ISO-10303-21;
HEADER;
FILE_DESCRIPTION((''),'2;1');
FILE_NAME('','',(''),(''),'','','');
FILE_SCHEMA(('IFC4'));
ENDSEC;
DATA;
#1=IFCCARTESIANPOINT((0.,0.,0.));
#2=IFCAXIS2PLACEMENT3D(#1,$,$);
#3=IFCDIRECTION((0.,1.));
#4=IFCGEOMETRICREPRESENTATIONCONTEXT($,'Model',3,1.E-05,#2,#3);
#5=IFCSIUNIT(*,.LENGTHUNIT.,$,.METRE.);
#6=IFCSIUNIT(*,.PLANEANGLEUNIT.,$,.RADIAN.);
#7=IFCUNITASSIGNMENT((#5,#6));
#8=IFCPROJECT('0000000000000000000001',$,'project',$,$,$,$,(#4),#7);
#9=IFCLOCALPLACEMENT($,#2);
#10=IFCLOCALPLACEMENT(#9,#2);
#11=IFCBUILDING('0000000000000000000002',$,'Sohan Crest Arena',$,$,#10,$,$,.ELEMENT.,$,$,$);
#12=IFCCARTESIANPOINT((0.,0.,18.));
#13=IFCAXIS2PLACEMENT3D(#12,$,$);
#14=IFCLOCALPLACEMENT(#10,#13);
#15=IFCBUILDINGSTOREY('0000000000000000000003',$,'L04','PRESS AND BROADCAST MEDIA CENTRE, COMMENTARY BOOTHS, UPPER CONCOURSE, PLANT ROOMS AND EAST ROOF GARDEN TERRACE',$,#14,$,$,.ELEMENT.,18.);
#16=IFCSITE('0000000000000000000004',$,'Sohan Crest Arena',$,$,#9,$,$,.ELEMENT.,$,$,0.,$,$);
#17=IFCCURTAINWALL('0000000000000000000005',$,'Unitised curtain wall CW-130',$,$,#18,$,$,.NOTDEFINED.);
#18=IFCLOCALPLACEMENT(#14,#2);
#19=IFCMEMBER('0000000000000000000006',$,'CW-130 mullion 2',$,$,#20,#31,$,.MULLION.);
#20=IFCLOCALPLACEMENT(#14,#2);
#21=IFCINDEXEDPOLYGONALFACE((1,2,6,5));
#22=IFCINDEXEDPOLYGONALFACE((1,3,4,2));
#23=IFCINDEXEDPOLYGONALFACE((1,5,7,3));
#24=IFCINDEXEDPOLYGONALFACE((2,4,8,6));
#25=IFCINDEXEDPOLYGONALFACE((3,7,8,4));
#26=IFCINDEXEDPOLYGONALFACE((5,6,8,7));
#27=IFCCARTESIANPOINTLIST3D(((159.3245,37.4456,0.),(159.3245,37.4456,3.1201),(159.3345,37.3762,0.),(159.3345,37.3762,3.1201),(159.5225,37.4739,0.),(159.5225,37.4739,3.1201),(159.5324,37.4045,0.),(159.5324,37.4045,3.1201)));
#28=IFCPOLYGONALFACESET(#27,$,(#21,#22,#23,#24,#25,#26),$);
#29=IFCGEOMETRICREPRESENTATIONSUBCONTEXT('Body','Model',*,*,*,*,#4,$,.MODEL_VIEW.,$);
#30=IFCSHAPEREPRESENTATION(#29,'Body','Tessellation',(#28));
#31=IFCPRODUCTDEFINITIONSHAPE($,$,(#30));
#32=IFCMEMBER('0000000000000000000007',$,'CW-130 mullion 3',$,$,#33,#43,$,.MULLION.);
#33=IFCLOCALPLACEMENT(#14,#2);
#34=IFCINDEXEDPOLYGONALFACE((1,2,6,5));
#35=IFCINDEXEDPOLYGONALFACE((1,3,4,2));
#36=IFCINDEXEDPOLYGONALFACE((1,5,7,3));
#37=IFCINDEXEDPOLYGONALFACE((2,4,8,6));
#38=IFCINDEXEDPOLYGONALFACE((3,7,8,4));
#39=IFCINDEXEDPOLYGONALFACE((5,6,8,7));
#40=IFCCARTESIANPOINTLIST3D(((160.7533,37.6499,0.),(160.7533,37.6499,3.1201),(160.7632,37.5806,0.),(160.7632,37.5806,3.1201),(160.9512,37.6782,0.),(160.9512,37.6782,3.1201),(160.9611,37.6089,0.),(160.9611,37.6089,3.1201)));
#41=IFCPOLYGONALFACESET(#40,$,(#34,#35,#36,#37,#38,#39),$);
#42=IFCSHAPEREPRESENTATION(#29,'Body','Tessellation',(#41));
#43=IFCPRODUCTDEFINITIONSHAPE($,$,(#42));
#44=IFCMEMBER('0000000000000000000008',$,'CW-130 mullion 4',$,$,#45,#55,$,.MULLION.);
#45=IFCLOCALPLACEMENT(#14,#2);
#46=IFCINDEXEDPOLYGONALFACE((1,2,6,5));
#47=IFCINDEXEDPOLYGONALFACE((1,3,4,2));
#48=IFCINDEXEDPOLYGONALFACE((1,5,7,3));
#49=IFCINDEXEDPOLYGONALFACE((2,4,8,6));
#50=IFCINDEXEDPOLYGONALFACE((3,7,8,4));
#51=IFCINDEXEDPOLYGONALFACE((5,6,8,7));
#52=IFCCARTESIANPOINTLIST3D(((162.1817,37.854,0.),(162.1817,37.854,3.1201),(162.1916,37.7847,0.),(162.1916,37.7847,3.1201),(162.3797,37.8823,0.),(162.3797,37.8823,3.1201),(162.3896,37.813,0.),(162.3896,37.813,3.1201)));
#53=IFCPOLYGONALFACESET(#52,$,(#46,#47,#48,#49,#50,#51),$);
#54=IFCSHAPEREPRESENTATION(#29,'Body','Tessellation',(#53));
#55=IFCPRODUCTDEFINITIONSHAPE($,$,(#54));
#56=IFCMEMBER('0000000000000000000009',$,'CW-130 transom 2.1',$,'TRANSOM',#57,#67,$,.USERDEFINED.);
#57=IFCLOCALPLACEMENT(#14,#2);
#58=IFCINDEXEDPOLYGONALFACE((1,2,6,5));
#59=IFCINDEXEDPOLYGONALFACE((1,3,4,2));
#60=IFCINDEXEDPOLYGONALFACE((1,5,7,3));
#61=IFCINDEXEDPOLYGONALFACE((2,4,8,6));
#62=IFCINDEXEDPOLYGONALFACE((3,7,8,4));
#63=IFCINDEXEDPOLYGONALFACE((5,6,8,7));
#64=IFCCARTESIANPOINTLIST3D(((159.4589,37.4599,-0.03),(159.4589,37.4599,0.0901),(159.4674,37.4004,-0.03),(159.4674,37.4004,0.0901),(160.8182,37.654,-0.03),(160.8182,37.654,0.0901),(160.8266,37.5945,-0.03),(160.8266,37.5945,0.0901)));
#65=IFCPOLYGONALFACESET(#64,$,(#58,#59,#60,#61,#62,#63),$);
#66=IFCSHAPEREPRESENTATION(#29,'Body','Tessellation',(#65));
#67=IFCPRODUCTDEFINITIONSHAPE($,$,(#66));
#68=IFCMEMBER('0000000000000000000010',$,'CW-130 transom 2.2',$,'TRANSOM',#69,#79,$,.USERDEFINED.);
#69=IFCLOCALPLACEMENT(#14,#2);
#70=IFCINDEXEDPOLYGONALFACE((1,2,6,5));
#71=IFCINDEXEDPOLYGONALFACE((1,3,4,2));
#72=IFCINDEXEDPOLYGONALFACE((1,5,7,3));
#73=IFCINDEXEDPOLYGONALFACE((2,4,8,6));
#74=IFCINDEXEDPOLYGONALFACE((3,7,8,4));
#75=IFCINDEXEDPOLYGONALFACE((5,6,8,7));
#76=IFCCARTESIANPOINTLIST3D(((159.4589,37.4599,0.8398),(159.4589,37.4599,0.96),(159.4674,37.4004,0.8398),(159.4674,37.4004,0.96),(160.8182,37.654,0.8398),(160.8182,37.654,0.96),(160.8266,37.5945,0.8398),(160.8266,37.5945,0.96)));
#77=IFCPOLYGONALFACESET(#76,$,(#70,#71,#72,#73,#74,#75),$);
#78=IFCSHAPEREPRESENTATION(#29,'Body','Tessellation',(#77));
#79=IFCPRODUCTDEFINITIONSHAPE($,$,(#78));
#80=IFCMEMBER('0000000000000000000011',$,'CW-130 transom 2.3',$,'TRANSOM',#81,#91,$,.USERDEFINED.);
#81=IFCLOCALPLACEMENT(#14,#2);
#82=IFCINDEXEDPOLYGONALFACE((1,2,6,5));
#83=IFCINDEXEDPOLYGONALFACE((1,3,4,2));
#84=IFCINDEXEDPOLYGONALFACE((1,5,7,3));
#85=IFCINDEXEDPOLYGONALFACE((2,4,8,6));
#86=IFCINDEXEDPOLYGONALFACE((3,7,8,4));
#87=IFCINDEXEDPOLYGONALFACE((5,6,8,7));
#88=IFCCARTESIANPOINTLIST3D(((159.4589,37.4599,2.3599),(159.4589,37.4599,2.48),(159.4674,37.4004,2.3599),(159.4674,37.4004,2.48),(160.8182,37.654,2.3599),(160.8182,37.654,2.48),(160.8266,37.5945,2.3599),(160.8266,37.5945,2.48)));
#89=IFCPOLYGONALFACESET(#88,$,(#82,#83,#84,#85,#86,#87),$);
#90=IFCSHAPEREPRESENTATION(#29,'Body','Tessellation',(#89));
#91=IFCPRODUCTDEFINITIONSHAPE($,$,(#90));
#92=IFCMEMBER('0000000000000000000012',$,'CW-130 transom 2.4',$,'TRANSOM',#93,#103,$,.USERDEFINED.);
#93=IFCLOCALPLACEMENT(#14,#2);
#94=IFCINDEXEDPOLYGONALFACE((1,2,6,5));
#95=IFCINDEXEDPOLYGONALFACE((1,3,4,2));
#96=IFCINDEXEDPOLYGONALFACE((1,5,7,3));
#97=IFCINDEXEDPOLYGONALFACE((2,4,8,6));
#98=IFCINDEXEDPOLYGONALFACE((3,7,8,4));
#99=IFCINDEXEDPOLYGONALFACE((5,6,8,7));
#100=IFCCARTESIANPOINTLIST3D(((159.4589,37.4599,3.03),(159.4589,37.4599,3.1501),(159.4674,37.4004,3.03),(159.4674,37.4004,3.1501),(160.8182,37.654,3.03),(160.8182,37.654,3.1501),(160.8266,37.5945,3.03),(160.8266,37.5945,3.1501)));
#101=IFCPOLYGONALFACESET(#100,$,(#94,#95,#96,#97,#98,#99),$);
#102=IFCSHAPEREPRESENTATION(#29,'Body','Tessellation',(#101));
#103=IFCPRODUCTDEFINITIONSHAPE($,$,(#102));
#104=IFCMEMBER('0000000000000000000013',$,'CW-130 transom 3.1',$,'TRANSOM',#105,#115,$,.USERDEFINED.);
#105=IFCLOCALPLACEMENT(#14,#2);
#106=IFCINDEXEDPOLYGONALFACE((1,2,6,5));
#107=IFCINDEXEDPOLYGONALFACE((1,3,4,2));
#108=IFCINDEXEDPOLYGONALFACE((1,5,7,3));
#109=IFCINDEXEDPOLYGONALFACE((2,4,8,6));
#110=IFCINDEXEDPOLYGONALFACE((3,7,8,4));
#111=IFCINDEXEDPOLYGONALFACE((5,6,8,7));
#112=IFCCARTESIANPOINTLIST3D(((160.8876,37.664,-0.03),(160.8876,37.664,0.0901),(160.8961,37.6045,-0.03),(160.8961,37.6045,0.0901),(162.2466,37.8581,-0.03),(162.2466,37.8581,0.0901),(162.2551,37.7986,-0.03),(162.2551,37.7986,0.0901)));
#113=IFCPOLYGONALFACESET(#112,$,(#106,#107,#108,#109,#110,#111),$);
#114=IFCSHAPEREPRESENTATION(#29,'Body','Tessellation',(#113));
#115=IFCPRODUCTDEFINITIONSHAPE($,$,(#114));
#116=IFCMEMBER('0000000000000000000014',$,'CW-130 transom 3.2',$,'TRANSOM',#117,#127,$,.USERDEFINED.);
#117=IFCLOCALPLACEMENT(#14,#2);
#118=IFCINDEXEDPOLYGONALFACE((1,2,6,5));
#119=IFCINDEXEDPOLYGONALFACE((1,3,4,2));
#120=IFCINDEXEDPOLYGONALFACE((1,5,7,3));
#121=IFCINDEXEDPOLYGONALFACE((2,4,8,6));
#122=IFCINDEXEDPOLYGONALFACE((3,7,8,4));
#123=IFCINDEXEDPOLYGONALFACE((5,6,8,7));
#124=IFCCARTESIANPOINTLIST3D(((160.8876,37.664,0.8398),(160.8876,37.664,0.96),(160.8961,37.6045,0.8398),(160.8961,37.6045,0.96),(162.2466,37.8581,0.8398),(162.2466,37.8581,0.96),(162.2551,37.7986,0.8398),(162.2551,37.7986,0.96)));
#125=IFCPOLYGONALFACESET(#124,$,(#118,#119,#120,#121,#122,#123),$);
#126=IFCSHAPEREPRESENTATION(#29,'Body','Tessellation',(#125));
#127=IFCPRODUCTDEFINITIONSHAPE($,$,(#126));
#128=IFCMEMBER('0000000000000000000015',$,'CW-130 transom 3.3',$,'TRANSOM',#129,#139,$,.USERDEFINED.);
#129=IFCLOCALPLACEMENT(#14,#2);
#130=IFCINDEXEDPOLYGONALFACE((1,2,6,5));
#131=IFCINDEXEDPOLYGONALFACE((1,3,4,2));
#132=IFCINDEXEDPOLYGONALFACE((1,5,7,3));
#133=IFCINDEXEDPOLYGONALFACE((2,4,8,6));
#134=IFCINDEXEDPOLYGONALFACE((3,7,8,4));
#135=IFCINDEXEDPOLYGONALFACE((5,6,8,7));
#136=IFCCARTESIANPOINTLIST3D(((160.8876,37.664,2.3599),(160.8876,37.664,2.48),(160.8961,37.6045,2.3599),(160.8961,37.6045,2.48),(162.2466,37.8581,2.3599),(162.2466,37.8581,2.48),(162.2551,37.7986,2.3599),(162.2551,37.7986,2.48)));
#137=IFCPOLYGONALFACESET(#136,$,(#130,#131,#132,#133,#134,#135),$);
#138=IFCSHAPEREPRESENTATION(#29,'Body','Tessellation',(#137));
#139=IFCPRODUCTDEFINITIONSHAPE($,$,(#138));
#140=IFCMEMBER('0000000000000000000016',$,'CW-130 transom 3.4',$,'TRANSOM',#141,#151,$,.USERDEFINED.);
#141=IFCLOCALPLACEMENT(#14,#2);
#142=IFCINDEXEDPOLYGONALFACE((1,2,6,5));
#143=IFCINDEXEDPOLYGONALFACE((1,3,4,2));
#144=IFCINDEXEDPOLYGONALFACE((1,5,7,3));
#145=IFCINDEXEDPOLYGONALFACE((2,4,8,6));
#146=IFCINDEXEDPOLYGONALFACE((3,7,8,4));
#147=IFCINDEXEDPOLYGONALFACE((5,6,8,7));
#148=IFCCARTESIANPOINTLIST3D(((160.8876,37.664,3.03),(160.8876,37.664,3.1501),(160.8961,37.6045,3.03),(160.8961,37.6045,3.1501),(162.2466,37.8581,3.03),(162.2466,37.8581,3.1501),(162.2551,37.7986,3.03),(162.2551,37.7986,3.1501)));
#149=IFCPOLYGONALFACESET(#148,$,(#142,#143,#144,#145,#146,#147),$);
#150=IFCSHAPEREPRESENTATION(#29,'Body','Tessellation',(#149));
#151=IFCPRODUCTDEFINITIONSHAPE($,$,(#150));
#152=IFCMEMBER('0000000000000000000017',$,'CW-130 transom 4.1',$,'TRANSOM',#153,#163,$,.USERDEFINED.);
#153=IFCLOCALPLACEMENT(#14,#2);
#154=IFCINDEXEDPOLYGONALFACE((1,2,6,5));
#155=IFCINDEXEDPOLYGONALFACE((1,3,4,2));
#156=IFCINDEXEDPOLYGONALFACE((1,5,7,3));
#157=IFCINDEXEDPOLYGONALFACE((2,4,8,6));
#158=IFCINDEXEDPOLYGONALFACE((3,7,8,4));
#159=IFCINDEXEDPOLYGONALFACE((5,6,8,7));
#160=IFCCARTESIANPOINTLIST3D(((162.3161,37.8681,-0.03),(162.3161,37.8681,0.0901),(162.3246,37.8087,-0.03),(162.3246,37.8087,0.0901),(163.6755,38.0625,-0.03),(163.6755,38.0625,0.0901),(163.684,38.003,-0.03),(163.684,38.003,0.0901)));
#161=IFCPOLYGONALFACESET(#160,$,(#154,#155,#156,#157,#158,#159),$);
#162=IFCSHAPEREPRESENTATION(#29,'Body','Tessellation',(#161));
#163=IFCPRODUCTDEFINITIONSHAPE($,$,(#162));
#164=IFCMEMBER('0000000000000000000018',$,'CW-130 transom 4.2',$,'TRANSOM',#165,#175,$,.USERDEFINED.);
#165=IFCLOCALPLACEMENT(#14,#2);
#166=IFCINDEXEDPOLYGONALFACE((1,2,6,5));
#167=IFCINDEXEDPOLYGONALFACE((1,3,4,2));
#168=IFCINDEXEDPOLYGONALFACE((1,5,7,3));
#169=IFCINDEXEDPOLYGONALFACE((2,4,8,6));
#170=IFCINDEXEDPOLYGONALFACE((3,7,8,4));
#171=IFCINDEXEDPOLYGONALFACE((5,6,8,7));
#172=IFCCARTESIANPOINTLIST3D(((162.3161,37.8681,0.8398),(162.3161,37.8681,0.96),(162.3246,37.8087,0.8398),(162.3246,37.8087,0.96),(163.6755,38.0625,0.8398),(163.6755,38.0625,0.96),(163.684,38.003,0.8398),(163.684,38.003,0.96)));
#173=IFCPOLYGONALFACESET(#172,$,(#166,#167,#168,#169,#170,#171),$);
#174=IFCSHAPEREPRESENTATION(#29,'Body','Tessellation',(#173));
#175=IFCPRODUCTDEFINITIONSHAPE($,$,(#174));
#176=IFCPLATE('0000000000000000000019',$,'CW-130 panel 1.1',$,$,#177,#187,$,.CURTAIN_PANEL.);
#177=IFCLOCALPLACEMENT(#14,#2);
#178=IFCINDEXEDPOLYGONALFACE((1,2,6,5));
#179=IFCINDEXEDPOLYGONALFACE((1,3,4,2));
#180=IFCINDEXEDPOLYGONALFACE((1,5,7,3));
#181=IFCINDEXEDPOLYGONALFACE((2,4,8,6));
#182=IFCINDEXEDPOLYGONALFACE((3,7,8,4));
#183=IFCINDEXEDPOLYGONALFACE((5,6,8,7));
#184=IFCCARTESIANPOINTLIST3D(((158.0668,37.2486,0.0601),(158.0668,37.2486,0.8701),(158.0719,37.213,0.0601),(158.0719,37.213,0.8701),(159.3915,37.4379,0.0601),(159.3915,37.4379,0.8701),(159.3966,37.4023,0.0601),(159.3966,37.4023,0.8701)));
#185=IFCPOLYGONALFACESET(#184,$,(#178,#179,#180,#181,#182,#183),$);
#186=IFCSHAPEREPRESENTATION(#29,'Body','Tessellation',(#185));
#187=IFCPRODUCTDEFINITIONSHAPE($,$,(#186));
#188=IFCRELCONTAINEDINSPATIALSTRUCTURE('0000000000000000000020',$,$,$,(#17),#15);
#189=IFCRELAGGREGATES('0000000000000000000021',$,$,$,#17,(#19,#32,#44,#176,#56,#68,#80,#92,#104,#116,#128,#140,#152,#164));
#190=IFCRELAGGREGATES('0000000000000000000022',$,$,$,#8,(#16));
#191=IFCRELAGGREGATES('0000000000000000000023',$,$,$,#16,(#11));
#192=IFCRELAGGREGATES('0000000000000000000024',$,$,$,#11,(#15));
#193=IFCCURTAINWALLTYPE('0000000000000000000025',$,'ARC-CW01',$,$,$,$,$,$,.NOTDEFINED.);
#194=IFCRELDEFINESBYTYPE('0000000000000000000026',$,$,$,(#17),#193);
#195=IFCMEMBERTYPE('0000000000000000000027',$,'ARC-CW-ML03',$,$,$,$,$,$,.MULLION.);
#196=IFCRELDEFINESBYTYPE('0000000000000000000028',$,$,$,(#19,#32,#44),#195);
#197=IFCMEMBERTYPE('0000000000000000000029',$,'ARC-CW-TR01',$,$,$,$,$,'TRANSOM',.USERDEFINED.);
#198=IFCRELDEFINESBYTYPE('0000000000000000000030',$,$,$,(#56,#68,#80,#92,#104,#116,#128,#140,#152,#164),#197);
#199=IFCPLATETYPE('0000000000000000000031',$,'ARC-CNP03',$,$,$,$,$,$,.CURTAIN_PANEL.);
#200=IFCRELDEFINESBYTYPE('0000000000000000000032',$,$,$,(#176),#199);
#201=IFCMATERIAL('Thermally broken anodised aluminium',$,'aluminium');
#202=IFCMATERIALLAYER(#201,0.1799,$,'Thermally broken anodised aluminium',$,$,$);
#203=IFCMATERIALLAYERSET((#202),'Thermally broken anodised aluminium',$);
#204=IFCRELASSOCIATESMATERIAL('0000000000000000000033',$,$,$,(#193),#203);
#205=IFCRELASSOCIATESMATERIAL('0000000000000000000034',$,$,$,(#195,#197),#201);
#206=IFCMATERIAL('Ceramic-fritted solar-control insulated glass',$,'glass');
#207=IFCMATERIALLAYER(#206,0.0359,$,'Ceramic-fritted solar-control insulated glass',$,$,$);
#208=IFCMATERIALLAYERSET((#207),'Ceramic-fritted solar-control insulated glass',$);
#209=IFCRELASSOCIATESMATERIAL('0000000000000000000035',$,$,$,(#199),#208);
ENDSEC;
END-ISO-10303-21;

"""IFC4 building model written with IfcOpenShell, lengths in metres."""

from ifc_helpers import new_model, si_unit, direction, frame, origin, origin_2d, place, context, subcontext, project, spatial, rectangle, extrude, material, layer, layer_set, material_profile, profile_set, type_object, element, aggregate, save


model = new_model("IFC4")

# Units and contexts
model_context = context("Model", 3, precision=1e-05, world=origin(), true_north=direction((0.0, 1.0)))
body_context = subcontext(model_context, "Body", "Model", "MODEL_VIEW")
ifc_project = project(units=[si_unit("LENGTHUNIT", "METRE"), si_unit("PLANEANGLEUNIT", "RADIAN")], contexts=[model_context])

# Site, building, storey
site_placement = place(None, origin())
site = spatial("IfcSite", under=ifc_project, at=site_placement, Name="Sohan Crest Arena", CompositionType="ELEMENT", RefElevation=0.0)
building_placement = place(site_placement, origin())
building = spatial("IfcBuilding", under=site, at=building_placement, Name="Sohan Crest Arena", CompositionType="ELEMENT")
storey_placement = place(building_placement, frame((0.0, 0.0, 18.0)))
storey = spatial("IfcBuildingStorey", under=building, at=storey_placement, Name="L04", Description="PRESS AND BROADCAST MEDIA CENTRE, COMMENTARY BOOTHS, UPPER CONCOURSE, PLANT ROOMS AND EAST ROOF GARDEN TERRACE", CompositionType="ELEMENT", Elevation=18.0)

# Curtain wall, members, plate
ifc_material_1 = material(Name="Thermally broken anodised aluminium", Category="aluminium")
ifc_layer_1 = layer(ifc_material_1, 0.1799, Name="Thermally broken anodised aluminium")
ifc_layer_set_1 = layer_set([ifc_layer_1], Name="Thermally broken anodised aluminium")
curtain_wall_type = type_object("IfcCurtainWallType", Name="ARC-CW01", PredefinedType="NOTDEFINED", material=ifc_layer_set_1)
curtain_wall_placement = place(storey_placement, origin())
curtain_wall = element("IfcCurtainWall", 1, at=curtain_wall_placement, inside=storey, type_object=curtain_wall_type, Name="Unitised curtain wall CW-130", PredefinedType="NOTDEFINED")
ifc_material_profile_1 = material_profile(ifc_material_1, rectangle(XDim=0.0701, YDim=0.2, at=origin_2d()), Name="ALU-MULL 70x200")
ifc_profile_set_1 = profile_set([ifc_material_profile_1], Name="Thermally broken anodised aluminium")
member_type_1 = type_object("IfcMemberType", Name="ARC-CW-ML03", PredefinedType="MULLION", material=ifc_profile_set_1)
member_1_placement = place(storey_placement, frame((159.4285, 37.425, 0.0), z_axis=(0.0, 0.0, 1.0), x_axis=(-0.141463, 0.989944, 0.0)))
member_1 = element("IfcMember", 2, at=member_1_placement, type_object=member_type_1, Name="CW-130 mullion 2", PredefinedType="MULLION", context=body_context, shape_type="SweptSolid", body=[
    extrude(rectangle(XDim=0.0701, YDim=0.2, at=origin_2d()), origin(), (0.0, 0.0, 1.0), 3.1201),
])
member_2_placement = place(storey_placement, frame((160.8572, 37.6294, 0.0), z_axis=(0.0, 0.0, 1.0), x_axis=(-0.141463, 0.989944, 0.0)))
member_2 = element("IfcMember", 3, at=member_2_placement, type_object=member_type_1, Name="CW-130 mullion 3", PredefinedType="MULLION", context=body_context, shape_type="SweptSolid", body=[
    extrude(rectangle(XDim=0.0701, YDim=0.2, at=origin_2d()), origin(), (0.0, 0.0, 1.0), 3.1201),
])
member_3_placement = place(storey_placement, frame((162.2856, 37.8335, 0.0), z_axis=(0.0, 0.0, 1.0), x_axis=(-0.141463, 0.989944, 0.0)))
member_3 = element("IfcMember", 4, at=member_3_placement, type_object=member_type_1, Name="CW-130 mullion 4", PredefinedType="MULLION", context=body_context, shape_type="SweptSolid", body=[
    extrude(rectangle(XDim=0.0701, YDim=0.2, at=origin_2d()), origin(), (0.0, 0.0, 1.0), 3.1201),
])
ifc_material_profile_2 = material_profile(ifc_material_1, rectangle(XDim=0.0601, YDim=0.1201, at=origin_2d()), Name="ALU-TRAN 60x120")
ifc_profile_set_2 = profile_set([ifc_material_profile_2], Name="Thermally broken anodised aluminium")
member_type_2 = type_object("IfcMemberType", Name="ARC-CW-TR01", ElementType="TRANSOM", PredefinedType="USERDEFINED", material=ifc_profile_set_2)
member_4_placement = place(storey_placement, frame((159.4631, 37.4302, 0.03), z_axis=(0.98996, 0.141347, 0.0), x_axis=(-0.141347, 0.98996, 0.0)))
member_4 = element("IfcMember", 5, at=member_4_placement, type_object=member_type_2, Name="CW-130 transom 2.1", ObjectType="TRANSOM", PredefinedType="USERDEFINED", context=body_context, shape_type="SweptSolid", body=[
    extrude(rectangle(XDim=0.0601, YDim=0.1201, at=origin_2d()), origin(), (0.0, 0.0, 1.0), 1.373),
])
member_5_placement = place(storey_placement, frame((159.4631, 37.4302, 0.8999), z_axis=(0.98996, 0.141347, 0.0), x_axis=(-0.141347, 0.98996, 0.0)))
member_5 = element("IfcMember", 6, at=member_5_placement, type_object=member_type_2, Name="CW-130 transom 2.2", ObjectType="TRANSOM", PredefinedType="USERDEFINED", context=body_context, shape_type="SweptSolid", body=[
    extrude(rectangle(XDim=0.0601, YDim=0.1201, at=origin_2d()), origin(), (0.0, 0.0, 1.0), 1.373),
])
member_6_placement = place(storey_placement, frame((159.4631, 37.4302, 2.4199), z_axis=(0.98996, 0.141347, 0.0), x_axis=(-0.141347, 0.98996, 0.0)))
member_6 = element("IfcMember", 7, at=member_6_placement, type_object=member_type_2, Name="CW-130 transom 2.3", ObjectType="TRANSOM", PredefinedType="USERDEFINED", context=body_context, shape_type="SweptSolid", body=[
    extrude(rectangle(XDim=0.0601, YDim=0.1201, at=origin_2d()), origin(), (0.0, 0.0, 1.0), 1.373),
])
member_7_placement = place(storey_placement, frame((159.4631, 37.4302, 3.0901), z_axis=(0.98996, 0.141347, 0.0), x_axis=(-0.141347, 0.98996, 0.0)))
member_7 = element("IfcMember", 8, at=member_7_placement, type_object=member_type_2, Name="CW-130 transom 2.4", ObjectType="TRANSOM", PredefinedType="USERDEFINED", context=body_context, shape_type="SweptSolid", body=[
    extrude(rectangle(XDim=0.0601, YDim=0.1201, at=origin_2d()), origin(), (0.0, 0.0, 1.0), 1.373),
])
member_8_placement = place(storey_placement, frame((160.8918, 37.6343, 0.03), z_axis=(0.989957, 0.141372, 0.0), x_axis=(-0.141372, 0.989957, 0.0)))
member_8 = element("IfcMember", 9, at=member_8_placement, type_object=member_type_2, Name="CW-130 transom 3.1", ObjectType="TRANSOM", PredefinedType="USERDEFINED", context=body_context, shape_type="SweptSolid", body=[
    extrude(rectangle(XDim=0.0601, YDim=0.1201, at=origin_2d()), origin(), (0.0, 0.0, 1.0), 1.3728),
])
member_9_placement = place(storey_placement, frame((160.8918, 37.6343, 0.8999), z_axis=(0.989957, 0.141372, 0.0), x_axis=(-0.141372, 0.989957, 0.0)))
member_9 = element("IfcMember", 10, at=member_9_placement, type_object=member_type_2, Name="CW-130 transom 3.2", ObjectType="TRANSOM", PredefinedType="USERDEFINED", context=body_context, shape_type="SweptSolid", body=[
    extrude(rectangle(XDim=0.0601, YDim=0.1201, at=origin_2d()), origin(), (0.0, 0.0, 1.0), 1.3728),
])
member_10_placement = place(storey_placement, frame((160.8918, 37.6343, 2.4199), z_axis=(0.989957, 0.141372, 0.0), x_axis=(-0.141372, 0.989957, 0.0)))
member_10 = element("IfcMember", 11, at=member_10_placement, type_object=member_type_2, Name="CW-130 transom 3.3", ObjectType="TRANSOM", PredefinedType="USERDEFINED", context=body_context, shape_type="SweptSolid", body=[
    extrude(rectangle(XDim=0.0601, YDim=0.1201, at=origin_2d()), origin(), (0.0, 0.0, 1.0), 1.3728),
])
member_11_placement = place(storey_placement, frame((160.8918, 37.6343, 3.0901), z_axis=(0.989957, 0.141372, 0.0), x_axis=(-0.141372, 0.989957, 0.0)))
member_11 = element("IfcMember", 12, at=member_11_placement, type_object=member_type_2, Name="CW-130 transom 3.4", ObjectType="TRANSOM", PredefinedType="USERDEFINED", context=body_context, shape_type="SweptSolid", body=[
    extrude(rectangle(XDim=0.0601, YDim=0.1201, at=origin_2d()), origin(), (0.0, 0.0, 1.0), 1.3728),
])
member_12_placement = place(storey_placement, frame((162.3203, 37.8384, 0.03), z_axis=(0.989935, 0.141521, 0.0), x_axis=(-0.141521, 0.989935, 0.0)))
member_12 = element("IfcMember", 13, at=member_12_placement, type_object=member_type_2, Name="CW-130 transom 4.1", ObjectType="TRANSOM", PredefinedType="USERDEFINED", context=body_context, shape_type="SweptSolid", body=[
    extrude(rectangle(XDim=0.0601, YDim=0.1201, at=origin_2d()), origin(), (0.0, 0.0, 1.0), 1.3733),
])
member_13_placement = place(storey_placement, frame((162.3203, 37.8384, 0.8999), z_axis=(0.989935, 0.141521, 0.0), x_axis=(-0.141521, 0.989935, 0.0)))
member_13 = element("IfcMember", 14, at=member_13_placement, type_object=member_type_2, Name="CW-130 transom 4.2", ObjectType="TRANSOM", PredefinedType="USERDEFINED", context=body_context, shape_type="SweptSolid", body=[
    extrude(rectangle(XDim=0.0601, YDim=0.1201, at=origin_2d()), origin(), (0.0, 0.0, 1.0), 1.3733),
])
ifc_material_2 = material(Name="Ceramic-fritted solar-control insulated glass", Category="glass")
ifc_layer_2 = layer(ifc_material_2, 0.0359, Name="Ceramic-fritted solar-control insulated glass")
ifc_layer_set_2 = layer_set([ifc_layer_2], Name="Ceramic-fritted solar-control insulated glass")
plate_type = type_object("IfcPlateType", Name="ARC-CNP03", PredefinedType="CURTAIN_PANEL", material=ifc_layer_set_2)
plate_1_placement = place(storey_placement, frame((158.7317, 37.3254, 0.0601), z_axis=(0.0, 0.0, 1.0), x_axis=(0.989944, 0.141463, 0.0)))
plate_1 = element("IfcPlate", 15, at=plate_1_placement, type_object=plate_type, Name="CW-130 panel 1.1", PredefinedType="CURTAIN_PANEL", context=body_context, shape_type="SweptSolid", body=[
    extrude(rectangle(XDim=1.3381, YDim=0.0359, at=origin_2d()), origin(), (0.0, 0.0, 1.0), 0.8101),
])
aggregate(curtain_wall, [member_1, member_2, member_3, plate_1, member_4, member_5, member_6, member_7, member_8, member_9, member_10, member_11, member_12, member_13])

save(model, "model.ifc")
